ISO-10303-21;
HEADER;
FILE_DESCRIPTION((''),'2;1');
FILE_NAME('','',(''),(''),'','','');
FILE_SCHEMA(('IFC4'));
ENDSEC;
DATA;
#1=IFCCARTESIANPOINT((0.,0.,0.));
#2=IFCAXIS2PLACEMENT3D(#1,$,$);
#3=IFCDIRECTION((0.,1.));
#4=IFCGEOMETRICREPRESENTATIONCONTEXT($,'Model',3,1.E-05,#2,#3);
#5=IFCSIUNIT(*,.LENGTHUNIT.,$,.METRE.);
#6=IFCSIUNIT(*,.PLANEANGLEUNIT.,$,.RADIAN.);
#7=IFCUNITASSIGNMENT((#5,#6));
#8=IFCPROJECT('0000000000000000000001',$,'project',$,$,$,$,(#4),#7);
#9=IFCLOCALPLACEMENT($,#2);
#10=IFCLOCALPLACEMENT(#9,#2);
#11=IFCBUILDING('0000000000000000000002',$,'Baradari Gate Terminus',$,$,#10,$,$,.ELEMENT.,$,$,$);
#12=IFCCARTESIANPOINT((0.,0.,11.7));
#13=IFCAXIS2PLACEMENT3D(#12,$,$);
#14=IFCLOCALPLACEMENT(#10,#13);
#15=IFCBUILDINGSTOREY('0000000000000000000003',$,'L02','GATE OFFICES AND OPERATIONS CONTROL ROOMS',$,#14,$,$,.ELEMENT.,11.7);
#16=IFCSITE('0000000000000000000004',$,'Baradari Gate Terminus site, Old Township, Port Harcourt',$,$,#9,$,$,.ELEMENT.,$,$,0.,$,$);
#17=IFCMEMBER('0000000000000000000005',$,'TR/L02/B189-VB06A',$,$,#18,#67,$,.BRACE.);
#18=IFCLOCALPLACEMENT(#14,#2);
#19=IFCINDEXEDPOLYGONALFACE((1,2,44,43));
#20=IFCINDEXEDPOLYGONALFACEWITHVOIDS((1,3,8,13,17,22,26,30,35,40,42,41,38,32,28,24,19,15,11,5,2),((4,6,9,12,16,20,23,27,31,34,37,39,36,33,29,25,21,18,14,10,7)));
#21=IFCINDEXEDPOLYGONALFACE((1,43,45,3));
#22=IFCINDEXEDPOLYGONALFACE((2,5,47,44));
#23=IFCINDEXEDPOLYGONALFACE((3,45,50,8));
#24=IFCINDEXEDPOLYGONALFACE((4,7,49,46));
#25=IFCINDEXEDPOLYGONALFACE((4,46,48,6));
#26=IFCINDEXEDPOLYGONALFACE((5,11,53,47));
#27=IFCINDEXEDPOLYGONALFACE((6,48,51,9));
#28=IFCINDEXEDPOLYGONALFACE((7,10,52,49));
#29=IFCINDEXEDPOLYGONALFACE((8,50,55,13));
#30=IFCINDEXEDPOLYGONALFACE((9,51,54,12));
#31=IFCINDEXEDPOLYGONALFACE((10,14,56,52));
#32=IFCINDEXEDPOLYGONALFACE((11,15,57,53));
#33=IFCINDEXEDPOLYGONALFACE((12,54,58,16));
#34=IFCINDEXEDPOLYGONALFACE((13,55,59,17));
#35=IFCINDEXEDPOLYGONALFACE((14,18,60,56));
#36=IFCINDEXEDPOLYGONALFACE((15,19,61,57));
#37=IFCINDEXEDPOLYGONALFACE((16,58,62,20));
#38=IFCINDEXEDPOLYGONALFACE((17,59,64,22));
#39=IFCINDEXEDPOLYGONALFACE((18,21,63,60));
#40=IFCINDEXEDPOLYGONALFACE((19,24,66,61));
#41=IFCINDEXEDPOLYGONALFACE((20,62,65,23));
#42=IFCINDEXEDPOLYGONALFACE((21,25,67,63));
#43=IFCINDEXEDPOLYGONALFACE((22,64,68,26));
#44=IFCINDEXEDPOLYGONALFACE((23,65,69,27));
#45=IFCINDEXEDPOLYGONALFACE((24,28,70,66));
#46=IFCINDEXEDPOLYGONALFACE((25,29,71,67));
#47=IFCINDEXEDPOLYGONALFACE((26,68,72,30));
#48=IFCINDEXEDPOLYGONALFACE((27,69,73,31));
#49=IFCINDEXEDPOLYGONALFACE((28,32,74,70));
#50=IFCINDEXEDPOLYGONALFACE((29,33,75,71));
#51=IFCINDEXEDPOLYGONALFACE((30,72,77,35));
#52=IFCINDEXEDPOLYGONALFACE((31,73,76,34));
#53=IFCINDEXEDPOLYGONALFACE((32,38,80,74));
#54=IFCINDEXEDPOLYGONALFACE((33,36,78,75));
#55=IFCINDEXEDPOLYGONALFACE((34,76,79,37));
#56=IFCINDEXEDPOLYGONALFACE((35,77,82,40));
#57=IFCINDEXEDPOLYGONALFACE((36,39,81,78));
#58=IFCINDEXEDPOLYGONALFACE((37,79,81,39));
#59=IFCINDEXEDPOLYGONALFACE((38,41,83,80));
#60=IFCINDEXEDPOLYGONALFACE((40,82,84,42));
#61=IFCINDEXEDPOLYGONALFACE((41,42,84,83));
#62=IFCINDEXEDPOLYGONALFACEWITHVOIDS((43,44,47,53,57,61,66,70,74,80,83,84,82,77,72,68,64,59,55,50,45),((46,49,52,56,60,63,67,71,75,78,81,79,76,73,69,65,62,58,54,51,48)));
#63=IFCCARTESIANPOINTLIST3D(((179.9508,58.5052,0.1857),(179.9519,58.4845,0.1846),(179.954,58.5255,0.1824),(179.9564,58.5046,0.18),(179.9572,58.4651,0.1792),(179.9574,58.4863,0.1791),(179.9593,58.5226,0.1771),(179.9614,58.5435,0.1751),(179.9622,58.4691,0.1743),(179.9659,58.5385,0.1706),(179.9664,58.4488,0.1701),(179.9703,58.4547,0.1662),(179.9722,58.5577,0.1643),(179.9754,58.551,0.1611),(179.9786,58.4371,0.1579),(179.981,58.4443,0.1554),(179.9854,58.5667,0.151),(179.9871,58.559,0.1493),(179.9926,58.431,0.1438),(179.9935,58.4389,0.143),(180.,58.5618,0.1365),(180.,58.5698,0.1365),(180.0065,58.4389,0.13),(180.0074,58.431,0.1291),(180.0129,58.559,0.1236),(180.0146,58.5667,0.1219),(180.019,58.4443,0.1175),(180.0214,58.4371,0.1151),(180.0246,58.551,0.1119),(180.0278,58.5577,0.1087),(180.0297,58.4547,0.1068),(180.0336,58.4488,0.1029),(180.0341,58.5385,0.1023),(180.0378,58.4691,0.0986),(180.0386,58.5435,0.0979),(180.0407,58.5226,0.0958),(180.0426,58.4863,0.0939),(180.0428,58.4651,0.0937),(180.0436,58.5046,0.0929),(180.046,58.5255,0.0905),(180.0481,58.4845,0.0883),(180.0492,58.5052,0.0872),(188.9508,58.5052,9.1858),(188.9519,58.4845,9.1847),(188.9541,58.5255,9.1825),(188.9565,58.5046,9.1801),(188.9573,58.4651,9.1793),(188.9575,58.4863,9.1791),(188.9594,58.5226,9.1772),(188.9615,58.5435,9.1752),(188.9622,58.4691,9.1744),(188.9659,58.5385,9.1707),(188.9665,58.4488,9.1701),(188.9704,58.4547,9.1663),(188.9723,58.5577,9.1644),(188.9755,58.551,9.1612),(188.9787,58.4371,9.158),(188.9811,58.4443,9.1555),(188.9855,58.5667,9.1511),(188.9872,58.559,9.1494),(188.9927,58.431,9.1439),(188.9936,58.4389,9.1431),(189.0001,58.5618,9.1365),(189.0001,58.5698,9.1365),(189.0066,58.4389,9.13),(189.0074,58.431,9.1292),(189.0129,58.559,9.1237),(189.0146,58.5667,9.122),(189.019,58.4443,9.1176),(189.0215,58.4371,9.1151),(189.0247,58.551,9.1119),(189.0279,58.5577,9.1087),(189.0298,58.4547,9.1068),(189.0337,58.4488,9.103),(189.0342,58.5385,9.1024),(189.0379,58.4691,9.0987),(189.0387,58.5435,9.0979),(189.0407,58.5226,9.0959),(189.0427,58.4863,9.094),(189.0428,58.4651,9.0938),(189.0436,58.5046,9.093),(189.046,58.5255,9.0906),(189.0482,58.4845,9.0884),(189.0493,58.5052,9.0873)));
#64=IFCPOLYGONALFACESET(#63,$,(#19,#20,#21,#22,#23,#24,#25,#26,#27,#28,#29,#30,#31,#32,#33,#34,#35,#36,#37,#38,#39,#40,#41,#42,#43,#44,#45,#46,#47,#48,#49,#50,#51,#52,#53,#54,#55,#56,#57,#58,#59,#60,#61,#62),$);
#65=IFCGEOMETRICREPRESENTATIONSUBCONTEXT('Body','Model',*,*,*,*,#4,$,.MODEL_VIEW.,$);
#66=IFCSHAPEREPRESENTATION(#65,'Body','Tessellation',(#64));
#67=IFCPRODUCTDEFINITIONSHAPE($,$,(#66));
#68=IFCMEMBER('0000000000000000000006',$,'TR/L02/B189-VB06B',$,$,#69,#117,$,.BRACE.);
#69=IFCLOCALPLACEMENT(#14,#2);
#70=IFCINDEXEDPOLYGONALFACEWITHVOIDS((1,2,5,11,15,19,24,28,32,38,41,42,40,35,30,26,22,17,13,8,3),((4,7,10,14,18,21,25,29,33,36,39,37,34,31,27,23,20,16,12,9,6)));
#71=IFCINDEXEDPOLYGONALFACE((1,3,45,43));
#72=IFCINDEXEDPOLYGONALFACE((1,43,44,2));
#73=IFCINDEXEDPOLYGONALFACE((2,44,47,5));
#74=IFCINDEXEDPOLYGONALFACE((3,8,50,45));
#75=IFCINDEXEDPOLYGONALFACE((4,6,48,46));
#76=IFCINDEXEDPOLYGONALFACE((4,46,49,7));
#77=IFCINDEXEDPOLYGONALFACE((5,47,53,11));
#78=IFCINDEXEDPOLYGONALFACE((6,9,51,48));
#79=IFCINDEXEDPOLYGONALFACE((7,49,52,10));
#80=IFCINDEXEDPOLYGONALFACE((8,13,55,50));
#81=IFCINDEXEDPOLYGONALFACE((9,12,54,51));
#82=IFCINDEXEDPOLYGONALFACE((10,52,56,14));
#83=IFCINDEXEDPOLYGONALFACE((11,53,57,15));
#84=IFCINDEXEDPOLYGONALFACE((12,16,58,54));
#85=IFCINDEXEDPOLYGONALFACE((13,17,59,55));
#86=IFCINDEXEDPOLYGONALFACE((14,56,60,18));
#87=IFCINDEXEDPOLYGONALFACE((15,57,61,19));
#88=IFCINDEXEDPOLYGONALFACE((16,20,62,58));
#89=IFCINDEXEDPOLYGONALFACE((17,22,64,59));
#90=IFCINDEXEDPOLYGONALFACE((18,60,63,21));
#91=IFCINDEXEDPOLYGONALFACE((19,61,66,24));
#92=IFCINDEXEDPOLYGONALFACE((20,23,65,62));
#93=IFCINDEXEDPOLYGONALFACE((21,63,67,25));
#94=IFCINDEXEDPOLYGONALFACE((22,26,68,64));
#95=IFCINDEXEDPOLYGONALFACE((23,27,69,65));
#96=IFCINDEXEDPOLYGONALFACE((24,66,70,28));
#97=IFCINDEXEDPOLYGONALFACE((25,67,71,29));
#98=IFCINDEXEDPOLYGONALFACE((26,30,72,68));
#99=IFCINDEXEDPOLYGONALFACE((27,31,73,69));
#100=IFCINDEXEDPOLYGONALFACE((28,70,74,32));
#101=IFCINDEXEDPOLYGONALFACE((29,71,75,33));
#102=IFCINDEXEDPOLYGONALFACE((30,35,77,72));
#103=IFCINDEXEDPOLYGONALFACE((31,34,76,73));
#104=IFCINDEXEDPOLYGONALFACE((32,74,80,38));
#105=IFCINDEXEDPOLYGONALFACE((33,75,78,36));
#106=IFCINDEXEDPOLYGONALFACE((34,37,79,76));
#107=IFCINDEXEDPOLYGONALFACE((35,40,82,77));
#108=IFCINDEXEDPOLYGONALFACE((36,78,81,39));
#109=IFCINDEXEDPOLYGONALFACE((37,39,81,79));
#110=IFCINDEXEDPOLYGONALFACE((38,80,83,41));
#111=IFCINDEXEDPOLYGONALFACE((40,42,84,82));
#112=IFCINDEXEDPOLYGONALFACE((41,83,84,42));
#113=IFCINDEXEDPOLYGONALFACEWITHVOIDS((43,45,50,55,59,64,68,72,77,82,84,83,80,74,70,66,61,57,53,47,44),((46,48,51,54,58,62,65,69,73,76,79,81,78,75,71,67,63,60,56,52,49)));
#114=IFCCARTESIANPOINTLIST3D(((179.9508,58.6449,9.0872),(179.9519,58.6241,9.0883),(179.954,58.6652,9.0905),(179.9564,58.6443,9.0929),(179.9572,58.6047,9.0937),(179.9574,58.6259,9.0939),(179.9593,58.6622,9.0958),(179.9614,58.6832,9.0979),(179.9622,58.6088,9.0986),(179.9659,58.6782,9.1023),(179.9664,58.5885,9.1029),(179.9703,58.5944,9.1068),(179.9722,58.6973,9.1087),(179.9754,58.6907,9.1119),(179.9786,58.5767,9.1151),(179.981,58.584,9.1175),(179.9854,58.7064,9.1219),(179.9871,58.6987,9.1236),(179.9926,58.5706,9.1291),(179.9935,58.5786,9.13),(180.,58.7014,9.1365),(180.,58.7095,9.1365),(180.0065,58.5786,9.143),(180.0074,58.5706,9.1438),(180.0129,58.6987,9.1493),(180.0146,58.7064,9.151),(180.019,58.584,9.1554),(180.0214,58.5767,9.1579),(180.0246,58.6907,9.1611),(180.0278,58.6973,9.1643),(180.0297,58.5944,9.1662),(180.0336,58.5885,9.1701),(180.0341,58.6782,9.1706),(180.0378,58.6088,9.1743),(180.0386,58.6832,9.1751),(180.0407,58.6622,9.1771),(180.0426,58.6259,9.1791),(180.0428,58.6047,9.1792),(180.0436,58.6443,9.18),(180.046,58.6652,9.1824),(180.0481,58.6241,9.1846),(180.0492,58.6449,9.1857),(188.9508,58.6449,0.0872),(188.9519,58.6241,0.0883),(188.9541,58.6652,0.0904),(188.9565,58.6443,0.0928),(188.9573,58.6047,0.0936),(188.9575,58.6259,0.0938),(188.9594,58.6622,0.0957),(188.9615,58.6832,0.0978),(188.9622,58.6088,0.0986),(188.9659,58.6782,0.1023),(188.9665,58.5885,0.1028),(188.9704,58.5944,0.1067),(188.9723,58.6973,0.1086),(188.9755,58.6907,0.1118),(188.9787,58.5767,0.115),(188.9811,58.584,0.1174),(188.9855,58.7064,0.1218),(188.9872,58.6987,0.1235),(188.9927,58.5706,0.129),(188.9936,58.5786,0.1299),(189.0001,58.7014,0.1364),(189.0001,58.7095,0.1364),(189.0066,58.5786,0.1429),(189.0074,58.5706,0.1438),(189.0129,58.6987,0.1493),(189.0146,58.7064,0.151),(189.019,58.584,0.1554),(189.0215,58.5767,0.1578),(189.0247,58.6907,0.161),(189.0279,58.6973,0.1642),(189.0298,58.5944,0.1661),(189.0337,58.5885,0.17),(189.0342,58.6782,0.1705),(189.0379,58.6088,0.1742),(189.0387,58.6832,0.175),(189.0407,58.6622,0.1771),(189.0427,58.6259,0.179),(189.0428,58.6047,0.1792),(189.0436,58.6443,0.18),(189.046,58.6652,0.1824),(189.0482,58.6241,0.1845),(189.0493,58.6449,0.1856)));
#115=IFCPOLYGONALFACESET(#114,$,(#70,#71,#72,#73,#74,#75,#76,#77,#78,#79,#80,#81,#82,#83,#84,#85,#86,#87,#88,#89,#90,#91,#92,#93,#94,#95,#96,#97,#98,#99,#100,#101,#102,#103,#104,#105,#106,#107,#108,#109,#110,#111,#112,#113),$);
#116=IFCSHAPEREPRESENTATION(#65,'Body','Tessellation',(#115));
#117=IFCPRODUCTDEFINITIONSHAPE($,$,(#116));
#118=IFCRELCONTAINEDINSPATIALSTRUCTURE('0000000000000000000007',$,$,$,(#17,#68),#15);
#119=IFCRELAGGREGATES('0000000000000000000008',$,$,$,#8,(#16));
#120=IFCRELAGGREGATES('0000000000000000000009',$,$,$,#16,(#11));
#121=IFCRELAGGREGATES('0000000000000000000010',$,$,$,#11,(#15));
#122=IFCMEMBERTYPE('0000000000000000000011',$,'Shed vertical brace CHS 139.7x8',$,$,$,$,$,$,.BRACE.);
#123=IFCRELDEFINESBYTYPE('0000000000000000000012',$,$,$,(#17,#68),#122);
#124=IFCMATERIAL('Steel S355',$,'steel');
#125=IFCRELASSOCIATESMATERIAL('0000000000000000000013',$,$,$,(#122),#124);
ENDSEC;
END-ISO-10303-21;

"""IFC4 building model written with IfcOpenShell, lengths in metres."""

from ifc_helpers import new_model, si_unit, direction, frame, origin, origin_2d, place, context, subcontext, project, spatial, hollow_circle, extrude, material, material_profile, profile_set, type_object, element, save


model = new_model("IFC4")

# Units and contexts
model_context = context("Model", 3, precision=1e-05, world=origin(), true_north=direction((0.0, 1.0)))
body_context = subcontext(model_context, "Body", "Model", "MODEL_VIEW")
ifc_project = project(units=[si_unit("LENGTHUNIT", "METRE"), si_unit("PLANEANGLEUNIT", "RADIAN")], contexts=[model_context])

# Site, building, storey
site_placement = place(None, origin())
site = spatial("IfcSite", under=ifc_project, at=site_placement, Name="Baradari Gate Terminus site, Old Township, Port Harcourt", CompositionType="ELEMENT", RefElevation=0.0)
building_placement = place(site_placement, origin())
building = spatial("IfcBuilding", under=site, at=building_placement, Name="Baradari Gate Terminus", CompositionType="ELEMENT")
storey_placement = place(building_placement, frame((0.0, 0.0, 11.7)))
storey = spatial("IfcBuildingStorey", under=building, at=storey_placement, Name="L02", Description="GATE OFFICES AND OPERATIONS CONTROL ROOMS", CompositionType="ELEMENT", Elevation=11.7)

# Members
ifc_material_1 = material(Name="Steel S355", Category="steel")
ifc_material_profile_1 = material_profile(ifc_material_1, hollow_circle(Radius=0.0698, WallThickness=0.0081, at=origin_2d()), Name="CHS 139.7x8")
ifc_profile_set_1 = profile_set([ifc_material_profile_1], Name="Steel S355")
member_type_1 = type_object("IfcMemberType", Name="Shed vertical brace CHS 139.7x8", PredefinedType="BRACE", material=ifc_profile_set_1)
for number, where, z_axis, x_axis, name in (
    (1, (180.0, 58.5, 0.1365), (0.707107, 0.0, 0.707107), (0.0, 1.0, 0.0), "TR/L02/B189-VB06A"),
    (2, (180.0, 58.6396, 9.1365), (0.707107, 0.0, -0.707107), (0.0, 1.0, 0.0), "TR/L02/B189-VB06B"),
):
    element("IfcMember", number, at=place(storey_placement, frame(where, z_axis=z_axis, x_axis=x_axis)), inside=storey, type_object=member_type_1, Name=name, PredefinedType="BRACE", context=body_context, shape_type="SweptSolid", body=[
        extrude(hollow_circle(Radius=0.0698, WallThickness=0.0081, at=origin_2d()), origin(), (0.0, 0.0, 1.0), 12.728),
    ])

save(model, "model.ifc")
